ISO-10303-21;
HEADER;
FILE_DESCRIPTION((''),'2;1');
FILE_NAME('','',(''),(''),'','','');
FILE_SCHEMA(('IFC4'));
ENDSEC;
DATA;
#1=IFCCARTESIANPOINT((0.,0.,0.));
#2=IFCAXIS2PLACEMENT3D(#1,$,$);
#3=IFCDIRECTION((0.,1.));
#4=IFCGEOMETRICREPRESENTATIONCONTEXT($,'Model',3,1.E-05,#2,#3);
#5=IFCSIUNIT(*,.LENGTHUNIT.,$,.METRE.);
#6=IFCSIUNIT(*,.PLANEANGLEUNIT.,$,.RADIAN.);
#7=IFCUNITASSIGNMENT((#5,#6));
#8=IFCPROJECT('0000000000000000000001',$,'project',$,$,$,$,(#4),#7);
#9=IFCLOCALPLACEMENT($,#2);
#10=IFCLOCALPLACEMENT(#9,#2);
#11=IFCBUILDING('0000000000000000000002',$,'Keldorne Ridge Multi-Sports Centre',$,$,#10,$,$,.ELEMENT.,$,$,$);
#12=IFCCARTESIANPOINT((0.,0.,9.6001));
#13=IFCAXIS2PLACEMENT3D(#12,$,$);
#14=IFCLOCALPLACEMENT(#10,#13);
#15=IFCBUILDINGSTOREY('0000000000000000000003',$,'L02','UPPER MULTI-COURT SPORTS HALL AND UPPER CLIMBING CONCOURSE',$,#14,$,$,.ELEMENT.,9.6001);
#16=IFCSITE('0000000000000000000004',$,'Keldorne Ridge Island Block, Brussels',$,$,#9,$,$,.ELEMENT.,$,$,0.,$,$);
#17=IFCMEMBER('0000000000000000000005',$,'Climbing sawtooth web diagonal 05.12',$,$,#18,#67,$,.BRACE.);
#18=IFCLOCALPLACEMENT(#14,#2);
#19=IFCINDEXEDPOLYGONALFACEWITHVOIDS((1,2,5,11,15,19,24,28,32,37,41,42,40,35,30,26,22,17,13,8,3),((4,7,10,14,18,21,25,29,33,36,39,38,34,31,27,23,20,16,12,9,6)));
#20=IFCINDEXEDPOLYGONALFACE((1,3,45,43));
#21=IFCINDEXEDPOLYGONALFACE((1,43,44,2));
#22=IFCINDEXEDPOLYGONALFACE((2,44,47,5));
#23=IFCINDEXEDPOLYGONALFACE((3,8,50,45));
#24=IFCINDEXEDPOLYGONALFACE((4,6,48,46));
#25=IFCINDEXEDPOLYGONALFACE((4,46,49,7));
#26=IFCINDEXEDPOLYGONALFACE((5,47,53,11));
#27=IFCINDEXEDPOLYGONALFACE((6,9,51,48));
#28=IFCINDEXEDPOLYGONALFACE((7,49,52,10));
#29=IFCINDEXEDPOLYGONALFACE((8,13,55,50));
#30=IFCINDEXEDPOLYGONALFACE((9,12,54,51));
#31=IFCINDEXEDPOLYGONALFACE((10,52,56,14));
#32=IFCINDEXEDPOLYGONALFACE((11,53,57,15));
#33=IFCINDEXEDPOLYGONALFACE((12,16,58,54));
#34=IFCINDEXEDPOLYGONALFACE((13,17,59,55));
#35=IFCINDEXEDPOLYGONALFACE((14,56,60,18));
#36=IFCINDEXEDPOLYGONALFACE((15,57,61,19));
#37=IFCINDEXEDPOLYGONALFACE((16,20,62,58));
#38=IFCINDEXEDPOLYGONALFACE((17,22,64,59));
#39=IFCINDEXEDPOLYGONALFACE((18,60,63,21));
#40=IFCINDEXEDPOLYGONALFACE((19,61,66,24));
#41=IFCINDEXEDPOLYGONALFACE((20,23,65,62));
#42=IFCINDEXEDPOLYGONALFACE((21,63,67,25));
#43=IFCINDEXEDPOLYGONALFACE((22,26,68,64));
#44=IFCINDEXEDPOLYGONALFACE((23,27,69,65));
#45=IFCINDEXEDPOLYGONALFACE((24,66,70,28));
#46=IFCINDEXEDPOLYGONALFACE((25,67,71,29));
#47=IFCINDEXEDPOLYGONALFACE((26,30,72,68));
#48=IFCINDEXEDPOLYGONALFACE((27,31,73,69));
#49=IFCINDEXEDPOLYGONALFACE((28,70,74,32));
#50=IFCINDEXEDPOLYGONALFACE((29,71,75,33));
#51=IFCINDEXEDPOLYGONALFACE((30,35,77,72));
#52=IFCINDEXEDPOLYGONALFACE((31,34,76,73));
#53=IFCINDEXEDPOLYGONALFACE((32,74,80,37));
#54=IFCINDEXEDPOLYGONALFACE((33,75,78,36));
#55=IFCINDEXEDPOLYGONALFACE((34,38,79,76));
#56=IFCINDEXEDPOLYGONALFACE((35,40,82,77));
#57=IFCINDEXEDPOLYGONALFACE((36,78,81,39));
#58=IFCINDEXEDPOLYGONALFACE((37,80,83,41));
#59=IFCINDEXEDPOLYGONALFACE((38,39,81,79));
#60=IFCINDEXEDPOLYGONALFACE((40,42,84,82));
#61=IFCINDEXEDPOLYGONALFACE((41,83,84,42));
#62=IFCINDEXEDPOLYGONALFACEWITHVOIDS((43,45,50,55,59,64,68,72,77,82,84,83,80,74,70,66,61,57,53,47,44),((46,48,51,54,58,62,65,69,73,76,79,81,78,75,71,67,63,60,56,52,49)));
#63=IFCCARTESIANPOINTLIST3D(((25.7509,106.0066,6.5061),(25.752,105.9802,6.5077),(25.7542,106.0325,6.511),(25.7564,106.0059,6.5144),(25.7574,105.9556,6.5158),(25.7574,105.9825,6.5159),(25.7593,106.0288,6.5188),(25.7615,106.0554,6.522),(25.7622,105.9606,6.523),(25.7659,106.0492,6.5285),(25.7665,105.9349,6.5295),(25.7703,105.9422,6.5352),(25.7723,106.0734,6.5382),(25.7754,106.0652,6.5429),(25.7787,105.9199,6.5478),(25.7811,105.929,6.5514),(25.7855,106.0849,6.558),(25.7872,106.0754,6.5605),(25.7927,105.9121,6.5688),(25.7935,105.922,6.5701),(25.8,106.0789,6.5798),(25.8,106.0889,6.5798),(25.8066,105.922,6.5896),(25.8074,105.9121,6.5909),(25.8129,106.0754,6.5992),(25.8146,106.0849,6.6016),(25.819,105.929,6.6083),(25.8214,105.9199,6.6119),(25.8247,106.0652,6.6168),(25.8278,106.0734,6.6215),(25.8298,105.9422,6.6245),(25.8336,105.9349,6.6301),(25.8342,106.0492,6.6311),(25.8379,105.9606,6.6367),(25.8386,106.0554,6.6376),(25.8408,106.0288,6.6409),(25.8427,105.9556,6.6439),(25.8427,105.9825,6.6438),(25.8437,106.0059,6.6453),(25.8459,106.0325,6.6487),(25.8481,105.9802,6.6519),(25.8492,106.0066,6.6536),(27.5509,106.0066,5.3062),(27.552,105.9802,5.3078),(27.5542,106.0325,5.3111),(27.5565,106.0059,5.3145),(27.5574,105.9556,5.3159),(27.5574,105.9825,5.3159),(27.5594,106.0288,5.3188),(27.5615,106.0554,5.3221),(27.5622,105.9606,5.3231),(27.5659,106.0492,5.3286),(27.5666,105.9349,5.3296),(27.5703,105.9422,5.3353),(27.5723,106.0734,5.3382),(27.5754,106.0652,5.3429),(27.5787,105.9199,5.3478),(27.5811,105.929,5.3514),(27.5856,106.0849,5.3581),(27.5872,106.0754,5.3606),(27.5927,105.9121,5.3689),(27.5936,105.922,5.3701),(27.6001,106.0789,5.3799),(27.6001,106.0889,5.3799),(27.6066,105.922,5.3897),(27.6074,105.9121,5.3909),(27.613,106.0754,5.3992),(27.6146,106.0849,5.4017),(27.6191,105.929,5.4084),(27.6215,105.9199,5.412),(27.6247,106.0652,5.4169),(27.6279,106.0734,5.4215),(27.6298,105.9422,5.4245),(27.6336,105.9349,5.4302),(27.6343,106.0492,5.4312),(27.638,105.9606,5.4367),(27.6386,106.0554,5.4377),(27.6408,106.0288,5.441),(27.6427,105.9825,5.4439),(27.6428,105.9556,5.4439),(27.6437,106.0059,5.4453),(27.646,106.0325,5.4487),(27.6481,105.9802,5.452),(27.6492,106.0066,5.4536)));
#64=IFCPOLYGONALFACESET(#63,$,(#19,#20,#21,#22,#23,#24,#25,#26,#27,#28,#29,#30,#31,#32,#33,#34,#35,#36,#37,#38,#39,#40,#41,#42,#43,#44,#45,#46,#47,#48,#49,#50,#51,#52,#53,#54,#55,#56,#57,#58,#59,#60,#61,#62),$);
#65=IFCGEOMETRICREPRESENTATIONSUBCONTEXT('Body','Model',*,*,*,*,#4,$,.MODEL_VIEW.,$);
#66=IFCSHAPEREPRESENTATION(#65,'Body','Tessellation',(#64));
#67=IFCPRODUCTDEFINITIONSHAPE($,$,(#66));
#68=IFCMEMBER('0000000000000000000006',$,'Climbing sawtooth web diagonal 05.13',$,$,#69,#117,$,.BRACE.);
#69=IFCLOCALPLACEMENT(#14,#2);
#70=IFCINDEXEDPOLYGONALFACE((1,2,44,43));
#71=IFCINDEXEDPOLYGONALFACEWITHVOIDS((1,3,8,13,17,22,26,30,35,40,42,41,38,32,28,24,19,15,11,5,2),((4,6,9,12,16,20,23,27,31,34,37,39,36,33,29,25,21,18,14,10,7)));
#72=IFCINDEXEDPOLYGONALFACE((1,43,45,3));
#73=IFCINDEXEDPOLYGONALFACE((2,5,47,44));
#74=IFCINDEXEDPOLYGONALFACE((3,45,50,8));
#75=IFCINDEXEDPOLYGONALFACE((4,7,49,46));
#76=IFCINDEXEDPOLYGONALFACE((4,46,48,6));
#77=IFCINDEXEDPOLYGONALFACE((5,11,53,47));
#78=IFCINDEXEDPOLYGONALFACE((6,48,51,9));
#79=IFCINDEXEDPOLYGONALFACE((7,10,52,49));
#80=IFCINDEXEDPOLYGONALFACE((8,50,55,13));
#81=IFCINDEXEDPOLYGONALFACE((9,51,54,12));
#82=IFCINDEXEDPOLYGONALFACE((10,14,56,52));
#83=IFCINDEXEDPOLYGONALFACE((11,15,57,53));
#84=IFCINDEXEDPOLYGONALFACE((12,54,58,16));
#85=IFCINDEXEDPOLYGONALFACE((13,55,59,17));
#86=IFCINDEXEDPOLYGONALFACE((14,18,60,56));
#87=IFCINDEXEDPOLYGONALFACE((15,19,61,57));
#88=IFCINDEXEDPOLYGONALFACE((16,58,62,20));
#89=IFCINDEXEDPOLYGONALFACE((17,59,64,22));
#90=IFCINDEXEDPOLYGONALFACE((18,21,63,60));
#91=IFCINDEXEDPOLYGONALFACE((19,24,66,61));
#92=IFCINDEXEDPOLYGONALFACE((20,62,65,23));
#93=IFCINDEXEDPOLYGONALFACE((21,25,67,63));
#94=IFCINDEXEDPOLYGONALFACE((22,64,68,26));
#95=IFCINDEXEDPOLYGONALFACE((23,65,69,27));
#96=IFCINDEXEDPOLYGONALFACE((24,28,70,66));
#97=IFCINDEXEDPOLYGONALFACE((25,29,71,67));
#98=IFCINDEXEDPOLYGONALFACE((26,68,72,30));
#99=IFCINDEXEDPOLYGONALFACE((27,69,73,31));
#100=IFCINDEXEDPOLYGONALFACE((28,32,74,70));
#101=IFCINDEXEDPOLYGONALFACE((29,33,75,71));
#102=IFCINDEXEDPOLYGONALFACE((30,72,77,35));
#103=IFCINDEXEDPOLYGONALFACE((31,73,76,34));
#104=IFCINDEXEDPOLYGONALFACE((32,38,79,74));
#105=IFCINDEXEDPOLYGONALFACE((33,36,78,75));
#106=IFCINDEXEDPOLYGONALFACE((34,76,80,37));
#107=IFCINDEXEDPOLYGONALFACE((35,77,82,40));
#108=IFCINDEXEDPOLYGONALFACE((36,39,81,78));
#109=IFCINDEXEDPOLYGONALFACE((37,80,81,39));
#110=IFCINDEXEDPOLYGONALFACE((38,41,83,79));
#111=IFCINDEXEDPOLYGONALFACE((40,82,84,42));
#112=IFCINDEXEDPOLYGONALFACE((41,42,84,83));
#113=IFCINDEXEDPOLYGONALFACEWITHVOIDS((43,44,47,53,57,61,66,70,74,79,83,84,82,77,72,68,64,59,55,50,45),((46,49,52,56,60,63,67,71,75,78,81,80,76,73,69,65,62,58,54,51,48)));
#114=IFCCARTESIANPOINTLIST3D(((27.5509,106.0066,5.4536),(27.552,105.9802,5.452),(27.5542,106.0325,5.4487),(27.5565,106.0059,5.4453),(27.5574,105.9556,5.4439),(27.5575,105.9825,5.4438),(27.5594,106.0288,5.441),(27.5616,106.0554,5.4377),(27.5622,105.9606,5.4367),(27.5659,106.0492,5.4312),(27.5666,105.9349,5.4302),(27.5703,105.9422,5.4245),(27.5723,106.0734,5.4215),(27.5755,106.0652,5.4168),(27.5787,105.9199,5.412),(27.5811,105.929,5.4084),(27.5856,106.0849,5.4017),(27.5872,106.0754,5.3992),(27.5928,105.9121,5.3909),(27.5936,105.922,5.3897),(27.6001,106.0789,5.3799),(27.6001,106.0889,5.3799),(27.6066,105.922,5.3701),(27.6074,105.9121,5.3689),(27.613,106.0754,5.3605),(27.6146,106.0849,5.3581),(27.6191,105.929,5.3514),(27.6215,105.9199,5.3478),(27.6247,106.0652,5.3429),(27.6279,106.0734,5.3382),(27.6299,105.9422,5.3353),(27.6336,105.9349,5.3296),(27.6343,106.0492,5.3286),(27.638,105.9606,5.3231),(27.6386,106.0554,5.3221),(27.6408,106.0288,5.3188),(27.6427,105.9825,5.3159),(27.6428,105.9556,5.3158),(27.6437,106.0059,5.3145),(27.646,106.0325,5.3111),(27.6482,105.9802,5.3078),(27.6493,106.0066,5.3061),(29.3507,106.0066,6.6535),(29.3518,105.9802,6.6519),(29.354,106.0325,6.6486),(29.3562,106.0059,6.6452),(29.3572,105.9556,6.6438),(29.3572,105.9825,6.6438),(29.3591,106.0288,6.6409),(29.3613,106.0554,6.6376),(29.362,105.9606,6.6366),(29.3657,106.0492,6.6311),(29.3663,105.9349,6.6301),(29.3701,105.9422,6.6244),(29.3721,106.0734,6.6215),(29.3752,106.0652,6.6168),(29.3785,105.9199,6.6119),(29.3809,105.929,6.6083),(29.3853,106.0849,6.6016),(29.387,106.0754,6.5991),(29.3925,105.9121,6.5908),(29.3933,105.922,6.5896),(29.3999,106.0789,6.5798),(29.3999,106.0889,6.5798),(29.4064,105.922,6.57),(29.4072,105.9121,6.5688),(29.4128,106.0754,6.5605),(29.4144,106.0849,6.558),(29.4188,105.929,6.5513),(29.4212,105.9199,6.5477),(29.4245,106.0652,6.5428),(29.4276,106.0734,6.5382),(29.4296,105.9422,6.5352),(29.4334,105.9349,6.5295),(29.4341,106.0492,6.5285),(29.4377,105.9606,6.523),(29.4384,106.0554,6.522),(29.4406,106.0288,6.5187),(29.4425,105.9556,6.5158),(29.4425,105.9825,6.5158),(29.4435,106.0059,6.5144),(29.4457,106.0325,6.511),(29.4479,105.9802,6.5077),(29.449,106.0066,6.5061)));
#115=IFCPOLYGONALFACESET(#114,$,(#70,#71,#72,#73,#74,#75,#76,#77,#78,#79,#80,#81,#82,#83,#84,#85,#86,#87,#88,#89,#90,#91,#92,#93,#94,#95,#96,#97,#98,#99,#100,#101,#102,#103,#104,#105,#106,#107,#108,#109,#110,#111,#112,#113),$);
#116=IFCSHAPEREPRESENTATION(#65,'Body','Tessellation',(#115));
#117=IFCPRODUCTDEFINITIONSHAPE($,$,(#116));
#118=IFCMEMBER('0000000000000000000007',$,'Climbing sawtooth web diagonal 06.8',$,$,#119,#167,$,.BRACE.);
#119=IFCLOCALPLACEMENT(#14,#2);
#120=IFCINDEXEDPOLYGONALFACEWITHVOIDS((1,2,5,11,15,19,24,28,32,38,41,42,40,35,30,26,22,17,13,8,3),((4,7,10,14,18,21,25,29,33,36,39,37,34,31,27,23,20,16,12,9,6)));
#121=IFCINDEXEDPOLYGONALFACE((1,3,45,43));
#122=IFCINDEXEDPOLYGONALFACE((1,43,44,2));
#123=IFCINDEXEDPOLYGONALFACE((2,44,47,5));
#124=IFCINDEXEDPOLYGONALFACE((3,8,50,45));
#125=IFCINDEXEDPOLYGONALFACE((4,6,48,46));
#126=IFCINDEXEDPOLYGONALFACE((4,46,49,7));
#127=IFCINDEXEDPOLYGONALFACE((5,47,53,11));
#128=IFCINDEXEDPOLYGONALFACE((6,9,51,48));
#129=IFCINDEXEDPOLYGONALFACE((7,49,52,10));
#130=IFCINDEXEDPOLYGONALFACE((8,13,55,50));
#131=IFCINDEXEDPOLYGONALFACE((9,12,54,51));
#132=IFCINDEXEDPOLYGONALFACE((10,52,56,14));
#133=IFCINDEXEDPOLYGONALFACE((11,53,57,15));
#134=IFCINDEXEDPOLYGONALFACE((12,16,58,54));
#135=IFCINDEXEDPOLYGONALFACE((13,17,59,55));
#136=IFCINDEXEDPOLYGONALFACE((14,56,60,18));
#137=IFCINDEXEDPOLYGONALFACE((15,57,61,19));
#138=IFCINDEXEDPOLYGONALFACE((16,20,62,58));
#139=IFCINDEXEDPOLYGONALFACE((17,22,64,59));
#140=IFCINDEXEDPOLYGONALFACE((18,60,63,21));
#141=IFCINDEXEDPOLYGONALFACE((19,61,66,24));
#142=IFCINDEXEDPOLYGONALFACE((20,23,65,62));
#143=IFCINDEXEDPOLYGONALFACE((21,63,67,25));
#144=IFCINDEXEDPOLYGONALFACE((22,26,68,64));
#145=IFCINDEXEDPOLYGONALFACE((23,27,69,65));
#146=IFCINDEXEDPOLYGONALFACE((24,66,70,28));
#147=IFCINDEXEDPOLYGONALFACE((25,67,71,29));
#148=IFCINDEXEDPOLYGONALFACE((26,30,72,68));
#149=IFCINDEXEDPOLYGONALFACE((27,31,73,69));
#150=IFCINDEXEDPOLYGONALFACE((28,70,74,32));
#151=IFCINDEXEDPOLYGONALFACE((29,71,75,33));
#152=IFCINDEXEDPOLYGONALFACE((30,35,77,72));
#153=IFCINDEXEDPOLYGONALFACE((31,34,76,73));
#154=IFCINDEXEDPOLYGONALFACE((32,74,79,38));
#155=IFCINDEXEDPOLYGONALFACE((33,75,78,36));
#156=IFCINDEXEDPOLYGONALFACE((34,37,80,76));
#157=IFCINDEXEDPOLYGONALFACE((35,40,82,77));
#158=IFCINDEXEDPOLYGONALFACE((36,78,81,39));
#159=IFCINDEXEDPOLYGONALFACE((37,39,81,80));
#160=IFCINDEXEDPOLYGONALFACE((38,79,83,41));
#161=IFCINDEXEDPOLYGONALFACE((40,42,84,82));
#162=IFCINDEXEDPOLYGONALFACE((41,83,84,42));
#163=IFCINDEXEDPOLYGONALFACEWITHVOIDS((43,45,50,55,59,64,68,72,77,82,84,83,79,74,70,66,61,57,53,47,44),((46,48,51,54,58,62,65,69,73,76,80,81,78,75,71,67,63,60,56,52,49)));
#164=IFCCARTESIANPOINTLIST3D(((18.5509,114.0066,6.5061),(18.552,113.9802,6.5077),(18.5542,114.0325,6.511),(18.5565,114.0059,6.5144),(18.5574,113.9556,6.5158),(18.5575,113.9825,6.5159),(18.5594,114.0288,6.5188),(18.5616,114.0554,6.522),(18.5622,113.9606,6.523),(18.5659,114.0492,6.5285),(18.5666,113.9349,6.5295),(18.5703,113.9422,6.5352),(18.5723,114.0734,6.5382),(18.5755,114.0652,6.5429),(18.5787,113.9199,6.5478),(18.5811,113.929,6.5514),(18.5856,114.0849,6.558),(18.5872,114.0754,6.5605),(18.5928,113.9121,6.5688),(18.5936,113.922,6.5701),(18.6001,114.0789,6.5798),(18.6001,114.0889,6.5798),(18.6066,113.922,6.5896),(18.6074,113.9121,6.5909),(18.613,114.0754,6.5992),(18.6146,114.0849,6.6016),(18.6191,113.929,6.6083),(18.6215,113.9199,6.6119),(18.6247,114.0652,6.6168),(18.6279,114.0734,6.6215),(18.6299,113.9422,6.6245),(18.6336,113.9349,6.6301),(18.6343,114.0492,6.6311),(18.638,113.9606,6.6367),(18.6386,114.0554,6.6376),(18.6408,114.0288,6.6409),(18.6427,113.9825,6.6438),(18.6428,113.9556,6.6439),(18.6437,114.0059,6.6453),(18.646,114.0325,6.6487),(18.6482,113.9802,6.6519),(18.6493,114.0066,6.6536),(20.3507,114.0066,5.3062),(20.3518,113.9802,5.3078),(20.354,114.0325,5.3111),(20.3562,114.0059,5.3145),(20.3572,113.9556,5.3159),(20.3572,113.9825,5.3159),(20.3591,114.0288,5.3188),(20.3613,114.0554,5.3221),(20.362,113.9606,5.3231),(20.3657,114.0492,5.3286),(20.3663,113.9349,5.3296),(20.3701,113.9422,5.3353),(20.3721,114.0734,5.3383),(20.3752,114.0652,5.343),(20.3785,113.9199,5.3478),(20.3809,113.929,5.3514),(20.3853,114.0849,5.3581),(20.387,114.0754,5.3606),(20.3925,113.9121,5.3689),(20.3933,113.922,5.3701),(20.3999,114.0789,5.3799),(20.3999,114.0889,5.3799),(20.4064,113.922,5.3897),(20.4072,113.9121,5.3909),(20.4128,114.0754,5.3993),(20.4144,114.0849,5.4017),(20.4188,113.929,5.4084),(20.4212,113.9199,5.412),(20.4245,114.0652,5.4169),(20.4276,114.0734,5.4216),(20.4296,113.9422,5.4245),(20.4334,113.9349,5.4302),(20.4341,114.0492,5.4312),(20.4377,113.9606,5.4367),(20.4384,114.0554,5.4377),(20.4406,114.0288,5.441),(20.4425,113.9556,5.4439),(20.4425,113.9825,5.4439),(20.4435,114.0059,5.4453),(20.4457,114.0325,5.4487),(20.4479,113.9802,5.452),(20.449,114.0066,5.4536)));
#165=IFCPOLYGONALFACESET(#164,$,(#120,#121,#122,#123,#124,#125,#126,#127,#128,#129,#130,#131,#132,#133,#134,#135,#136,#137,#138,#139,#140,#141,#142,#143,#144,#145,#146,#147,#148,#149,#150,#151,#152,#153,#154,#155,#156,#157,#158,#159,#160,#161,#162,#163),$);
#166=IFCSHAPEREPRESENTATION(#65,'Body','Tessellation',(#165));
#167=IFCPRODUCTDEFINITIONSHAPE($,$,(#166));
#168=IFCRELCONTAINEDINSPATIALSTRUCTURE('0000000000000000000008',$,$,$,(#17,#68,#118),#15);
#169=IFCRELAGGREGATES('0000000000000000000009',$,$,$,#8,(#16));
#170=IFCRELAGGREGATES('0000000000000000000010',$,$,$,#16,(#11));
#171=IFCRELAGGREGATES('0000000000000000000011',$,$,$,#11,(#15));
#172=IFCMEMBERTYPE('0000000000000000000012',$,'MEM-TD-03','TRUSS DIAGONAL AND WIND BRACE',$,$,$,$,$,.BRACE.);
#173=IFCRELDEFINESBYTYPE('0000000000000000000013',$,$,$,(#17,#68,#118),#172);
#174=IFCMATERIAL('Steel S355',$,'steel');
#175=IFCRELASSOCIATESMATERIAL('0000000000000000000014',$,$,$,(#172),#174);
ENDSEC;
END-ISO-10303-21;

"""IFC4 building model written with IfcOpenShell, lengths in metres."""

from ifc_helpers import new_model, si_unit, direction, frame, origin, origin_2d, place, context, subcontext, project, spatial, hollow_circle, extrude, material, material_profile, profile_set, type_object, element, save


model = new_model("IFC4")

# Units and contexts
model_context = context("Model", 3, precision=1e-05, world=origin(), true_north=direction((0.0, 1.0)))
body_context = subcontext(model_context, "Body", "Model", "MODEL_VIEW")
ifc_project = project(units=[si_unit("LENGTHUNIT", "METRE"), si_unit("PLANEANGLEUNIT", "RADIAN")], contexts=[model_context])

# Site, building, storey
site_placement = place(None, origin())
site = spatial("IfcSite", under=ifc_project, at=site_placement, Name="Keldorne Ridge Island Block, Brussels", CompositionType="ELEMENT", RefElevation=0.0)
building_placement = place(site_placement, origin())
building = spatial("IfcBuilding", under=site, at=building_placement, Name="Keldorne Ridge Multi-Sports Centre", CompositionType="ELEMENT")
storey_placement = place(building_placement, frame((0.0, 0.0, 9.6001)))
storey = spatial("IfcBuildingStorey", under=building, at=storey_placement, Name="L02", Description="UPPER MULTI-COURT SPORTS HALL AND UPPER CLIMBING CONCOURSE", CompositionType="ELEMENT", Elevation=9.6001)

# Shared definitions
ifc_material_1 = material(Name="Steel S355", Category="steel")

# Members
ifc_material_profile_1 = material_profile(ifc_material_1, hollow_circle(Radius=0.0889, WallThickness=0.01, at=origin_2d()), Name="CHS 177.8x10")
ifc_profile_set_1 = profile_set([ifc_material_profile_1], Name="Steel S355")
member_type_1 = type_object("IfcMemberType", Name="MEM-TD-03", Description="TRUSS DIAGONAL AND WIND BRACE", PredefinedType="BRACE", material=ifc_profile_set_1)
for number, where, z_axis, x_axis, name in (
    (1, (25.8, 106.0, 6.5798), (0.832068, 0.0, -0.554674), (0.0, 1.0, 0.0), "Climbing sawtooth web diagonal 05.12"),
):
    element("IfcMember", number, at=place(storey_placement, frame(where, z_axis=z_axis, x_axis=x_axis)), inside=storey, type_object=member_type_1, Name=name, PredefinedType="BRACE", context=body_context, shape_type="SweptSolid", body=[
        extrude(hollow_circle(Radius=0.0889, WallThickness=0.01, at=origin_2d()), origin(), (0.0, 0.0, 1.0), 2.1633),
    ])
for number, where, z_axis, x_axis, name in (
    (2, (27.6001, 106.0, 5.3799), (0.832033, 0.0, 0.554726), (0.0, 1.0, 0.0), "Climbing sawtooth web diagonal 05.13"),
    (3, (18.6001, 114.0, 6.5798), (0.832033, 0.0, -0.554726), (0.0, 1.0, 0.0), "Climbing sawtooth web diagonal 06.8"),
):
    element("IfcMember", number, at=place(storey_placement, frame(where, z_axis=z_axis, x_axis=x_axis)), inside=storey, type_object=member_type_1, Name=name, PredefinedType="BRACE", context=body_context, shape_type="SweptSolid", body=[
        extrude(hollow_circle(Radius=0.0889, WallThickness=0.01, at=origin_2d()), origin(), (0.0, 0.0, 1.0), 2.1631),
    ])

save(model, "model.ifc")
